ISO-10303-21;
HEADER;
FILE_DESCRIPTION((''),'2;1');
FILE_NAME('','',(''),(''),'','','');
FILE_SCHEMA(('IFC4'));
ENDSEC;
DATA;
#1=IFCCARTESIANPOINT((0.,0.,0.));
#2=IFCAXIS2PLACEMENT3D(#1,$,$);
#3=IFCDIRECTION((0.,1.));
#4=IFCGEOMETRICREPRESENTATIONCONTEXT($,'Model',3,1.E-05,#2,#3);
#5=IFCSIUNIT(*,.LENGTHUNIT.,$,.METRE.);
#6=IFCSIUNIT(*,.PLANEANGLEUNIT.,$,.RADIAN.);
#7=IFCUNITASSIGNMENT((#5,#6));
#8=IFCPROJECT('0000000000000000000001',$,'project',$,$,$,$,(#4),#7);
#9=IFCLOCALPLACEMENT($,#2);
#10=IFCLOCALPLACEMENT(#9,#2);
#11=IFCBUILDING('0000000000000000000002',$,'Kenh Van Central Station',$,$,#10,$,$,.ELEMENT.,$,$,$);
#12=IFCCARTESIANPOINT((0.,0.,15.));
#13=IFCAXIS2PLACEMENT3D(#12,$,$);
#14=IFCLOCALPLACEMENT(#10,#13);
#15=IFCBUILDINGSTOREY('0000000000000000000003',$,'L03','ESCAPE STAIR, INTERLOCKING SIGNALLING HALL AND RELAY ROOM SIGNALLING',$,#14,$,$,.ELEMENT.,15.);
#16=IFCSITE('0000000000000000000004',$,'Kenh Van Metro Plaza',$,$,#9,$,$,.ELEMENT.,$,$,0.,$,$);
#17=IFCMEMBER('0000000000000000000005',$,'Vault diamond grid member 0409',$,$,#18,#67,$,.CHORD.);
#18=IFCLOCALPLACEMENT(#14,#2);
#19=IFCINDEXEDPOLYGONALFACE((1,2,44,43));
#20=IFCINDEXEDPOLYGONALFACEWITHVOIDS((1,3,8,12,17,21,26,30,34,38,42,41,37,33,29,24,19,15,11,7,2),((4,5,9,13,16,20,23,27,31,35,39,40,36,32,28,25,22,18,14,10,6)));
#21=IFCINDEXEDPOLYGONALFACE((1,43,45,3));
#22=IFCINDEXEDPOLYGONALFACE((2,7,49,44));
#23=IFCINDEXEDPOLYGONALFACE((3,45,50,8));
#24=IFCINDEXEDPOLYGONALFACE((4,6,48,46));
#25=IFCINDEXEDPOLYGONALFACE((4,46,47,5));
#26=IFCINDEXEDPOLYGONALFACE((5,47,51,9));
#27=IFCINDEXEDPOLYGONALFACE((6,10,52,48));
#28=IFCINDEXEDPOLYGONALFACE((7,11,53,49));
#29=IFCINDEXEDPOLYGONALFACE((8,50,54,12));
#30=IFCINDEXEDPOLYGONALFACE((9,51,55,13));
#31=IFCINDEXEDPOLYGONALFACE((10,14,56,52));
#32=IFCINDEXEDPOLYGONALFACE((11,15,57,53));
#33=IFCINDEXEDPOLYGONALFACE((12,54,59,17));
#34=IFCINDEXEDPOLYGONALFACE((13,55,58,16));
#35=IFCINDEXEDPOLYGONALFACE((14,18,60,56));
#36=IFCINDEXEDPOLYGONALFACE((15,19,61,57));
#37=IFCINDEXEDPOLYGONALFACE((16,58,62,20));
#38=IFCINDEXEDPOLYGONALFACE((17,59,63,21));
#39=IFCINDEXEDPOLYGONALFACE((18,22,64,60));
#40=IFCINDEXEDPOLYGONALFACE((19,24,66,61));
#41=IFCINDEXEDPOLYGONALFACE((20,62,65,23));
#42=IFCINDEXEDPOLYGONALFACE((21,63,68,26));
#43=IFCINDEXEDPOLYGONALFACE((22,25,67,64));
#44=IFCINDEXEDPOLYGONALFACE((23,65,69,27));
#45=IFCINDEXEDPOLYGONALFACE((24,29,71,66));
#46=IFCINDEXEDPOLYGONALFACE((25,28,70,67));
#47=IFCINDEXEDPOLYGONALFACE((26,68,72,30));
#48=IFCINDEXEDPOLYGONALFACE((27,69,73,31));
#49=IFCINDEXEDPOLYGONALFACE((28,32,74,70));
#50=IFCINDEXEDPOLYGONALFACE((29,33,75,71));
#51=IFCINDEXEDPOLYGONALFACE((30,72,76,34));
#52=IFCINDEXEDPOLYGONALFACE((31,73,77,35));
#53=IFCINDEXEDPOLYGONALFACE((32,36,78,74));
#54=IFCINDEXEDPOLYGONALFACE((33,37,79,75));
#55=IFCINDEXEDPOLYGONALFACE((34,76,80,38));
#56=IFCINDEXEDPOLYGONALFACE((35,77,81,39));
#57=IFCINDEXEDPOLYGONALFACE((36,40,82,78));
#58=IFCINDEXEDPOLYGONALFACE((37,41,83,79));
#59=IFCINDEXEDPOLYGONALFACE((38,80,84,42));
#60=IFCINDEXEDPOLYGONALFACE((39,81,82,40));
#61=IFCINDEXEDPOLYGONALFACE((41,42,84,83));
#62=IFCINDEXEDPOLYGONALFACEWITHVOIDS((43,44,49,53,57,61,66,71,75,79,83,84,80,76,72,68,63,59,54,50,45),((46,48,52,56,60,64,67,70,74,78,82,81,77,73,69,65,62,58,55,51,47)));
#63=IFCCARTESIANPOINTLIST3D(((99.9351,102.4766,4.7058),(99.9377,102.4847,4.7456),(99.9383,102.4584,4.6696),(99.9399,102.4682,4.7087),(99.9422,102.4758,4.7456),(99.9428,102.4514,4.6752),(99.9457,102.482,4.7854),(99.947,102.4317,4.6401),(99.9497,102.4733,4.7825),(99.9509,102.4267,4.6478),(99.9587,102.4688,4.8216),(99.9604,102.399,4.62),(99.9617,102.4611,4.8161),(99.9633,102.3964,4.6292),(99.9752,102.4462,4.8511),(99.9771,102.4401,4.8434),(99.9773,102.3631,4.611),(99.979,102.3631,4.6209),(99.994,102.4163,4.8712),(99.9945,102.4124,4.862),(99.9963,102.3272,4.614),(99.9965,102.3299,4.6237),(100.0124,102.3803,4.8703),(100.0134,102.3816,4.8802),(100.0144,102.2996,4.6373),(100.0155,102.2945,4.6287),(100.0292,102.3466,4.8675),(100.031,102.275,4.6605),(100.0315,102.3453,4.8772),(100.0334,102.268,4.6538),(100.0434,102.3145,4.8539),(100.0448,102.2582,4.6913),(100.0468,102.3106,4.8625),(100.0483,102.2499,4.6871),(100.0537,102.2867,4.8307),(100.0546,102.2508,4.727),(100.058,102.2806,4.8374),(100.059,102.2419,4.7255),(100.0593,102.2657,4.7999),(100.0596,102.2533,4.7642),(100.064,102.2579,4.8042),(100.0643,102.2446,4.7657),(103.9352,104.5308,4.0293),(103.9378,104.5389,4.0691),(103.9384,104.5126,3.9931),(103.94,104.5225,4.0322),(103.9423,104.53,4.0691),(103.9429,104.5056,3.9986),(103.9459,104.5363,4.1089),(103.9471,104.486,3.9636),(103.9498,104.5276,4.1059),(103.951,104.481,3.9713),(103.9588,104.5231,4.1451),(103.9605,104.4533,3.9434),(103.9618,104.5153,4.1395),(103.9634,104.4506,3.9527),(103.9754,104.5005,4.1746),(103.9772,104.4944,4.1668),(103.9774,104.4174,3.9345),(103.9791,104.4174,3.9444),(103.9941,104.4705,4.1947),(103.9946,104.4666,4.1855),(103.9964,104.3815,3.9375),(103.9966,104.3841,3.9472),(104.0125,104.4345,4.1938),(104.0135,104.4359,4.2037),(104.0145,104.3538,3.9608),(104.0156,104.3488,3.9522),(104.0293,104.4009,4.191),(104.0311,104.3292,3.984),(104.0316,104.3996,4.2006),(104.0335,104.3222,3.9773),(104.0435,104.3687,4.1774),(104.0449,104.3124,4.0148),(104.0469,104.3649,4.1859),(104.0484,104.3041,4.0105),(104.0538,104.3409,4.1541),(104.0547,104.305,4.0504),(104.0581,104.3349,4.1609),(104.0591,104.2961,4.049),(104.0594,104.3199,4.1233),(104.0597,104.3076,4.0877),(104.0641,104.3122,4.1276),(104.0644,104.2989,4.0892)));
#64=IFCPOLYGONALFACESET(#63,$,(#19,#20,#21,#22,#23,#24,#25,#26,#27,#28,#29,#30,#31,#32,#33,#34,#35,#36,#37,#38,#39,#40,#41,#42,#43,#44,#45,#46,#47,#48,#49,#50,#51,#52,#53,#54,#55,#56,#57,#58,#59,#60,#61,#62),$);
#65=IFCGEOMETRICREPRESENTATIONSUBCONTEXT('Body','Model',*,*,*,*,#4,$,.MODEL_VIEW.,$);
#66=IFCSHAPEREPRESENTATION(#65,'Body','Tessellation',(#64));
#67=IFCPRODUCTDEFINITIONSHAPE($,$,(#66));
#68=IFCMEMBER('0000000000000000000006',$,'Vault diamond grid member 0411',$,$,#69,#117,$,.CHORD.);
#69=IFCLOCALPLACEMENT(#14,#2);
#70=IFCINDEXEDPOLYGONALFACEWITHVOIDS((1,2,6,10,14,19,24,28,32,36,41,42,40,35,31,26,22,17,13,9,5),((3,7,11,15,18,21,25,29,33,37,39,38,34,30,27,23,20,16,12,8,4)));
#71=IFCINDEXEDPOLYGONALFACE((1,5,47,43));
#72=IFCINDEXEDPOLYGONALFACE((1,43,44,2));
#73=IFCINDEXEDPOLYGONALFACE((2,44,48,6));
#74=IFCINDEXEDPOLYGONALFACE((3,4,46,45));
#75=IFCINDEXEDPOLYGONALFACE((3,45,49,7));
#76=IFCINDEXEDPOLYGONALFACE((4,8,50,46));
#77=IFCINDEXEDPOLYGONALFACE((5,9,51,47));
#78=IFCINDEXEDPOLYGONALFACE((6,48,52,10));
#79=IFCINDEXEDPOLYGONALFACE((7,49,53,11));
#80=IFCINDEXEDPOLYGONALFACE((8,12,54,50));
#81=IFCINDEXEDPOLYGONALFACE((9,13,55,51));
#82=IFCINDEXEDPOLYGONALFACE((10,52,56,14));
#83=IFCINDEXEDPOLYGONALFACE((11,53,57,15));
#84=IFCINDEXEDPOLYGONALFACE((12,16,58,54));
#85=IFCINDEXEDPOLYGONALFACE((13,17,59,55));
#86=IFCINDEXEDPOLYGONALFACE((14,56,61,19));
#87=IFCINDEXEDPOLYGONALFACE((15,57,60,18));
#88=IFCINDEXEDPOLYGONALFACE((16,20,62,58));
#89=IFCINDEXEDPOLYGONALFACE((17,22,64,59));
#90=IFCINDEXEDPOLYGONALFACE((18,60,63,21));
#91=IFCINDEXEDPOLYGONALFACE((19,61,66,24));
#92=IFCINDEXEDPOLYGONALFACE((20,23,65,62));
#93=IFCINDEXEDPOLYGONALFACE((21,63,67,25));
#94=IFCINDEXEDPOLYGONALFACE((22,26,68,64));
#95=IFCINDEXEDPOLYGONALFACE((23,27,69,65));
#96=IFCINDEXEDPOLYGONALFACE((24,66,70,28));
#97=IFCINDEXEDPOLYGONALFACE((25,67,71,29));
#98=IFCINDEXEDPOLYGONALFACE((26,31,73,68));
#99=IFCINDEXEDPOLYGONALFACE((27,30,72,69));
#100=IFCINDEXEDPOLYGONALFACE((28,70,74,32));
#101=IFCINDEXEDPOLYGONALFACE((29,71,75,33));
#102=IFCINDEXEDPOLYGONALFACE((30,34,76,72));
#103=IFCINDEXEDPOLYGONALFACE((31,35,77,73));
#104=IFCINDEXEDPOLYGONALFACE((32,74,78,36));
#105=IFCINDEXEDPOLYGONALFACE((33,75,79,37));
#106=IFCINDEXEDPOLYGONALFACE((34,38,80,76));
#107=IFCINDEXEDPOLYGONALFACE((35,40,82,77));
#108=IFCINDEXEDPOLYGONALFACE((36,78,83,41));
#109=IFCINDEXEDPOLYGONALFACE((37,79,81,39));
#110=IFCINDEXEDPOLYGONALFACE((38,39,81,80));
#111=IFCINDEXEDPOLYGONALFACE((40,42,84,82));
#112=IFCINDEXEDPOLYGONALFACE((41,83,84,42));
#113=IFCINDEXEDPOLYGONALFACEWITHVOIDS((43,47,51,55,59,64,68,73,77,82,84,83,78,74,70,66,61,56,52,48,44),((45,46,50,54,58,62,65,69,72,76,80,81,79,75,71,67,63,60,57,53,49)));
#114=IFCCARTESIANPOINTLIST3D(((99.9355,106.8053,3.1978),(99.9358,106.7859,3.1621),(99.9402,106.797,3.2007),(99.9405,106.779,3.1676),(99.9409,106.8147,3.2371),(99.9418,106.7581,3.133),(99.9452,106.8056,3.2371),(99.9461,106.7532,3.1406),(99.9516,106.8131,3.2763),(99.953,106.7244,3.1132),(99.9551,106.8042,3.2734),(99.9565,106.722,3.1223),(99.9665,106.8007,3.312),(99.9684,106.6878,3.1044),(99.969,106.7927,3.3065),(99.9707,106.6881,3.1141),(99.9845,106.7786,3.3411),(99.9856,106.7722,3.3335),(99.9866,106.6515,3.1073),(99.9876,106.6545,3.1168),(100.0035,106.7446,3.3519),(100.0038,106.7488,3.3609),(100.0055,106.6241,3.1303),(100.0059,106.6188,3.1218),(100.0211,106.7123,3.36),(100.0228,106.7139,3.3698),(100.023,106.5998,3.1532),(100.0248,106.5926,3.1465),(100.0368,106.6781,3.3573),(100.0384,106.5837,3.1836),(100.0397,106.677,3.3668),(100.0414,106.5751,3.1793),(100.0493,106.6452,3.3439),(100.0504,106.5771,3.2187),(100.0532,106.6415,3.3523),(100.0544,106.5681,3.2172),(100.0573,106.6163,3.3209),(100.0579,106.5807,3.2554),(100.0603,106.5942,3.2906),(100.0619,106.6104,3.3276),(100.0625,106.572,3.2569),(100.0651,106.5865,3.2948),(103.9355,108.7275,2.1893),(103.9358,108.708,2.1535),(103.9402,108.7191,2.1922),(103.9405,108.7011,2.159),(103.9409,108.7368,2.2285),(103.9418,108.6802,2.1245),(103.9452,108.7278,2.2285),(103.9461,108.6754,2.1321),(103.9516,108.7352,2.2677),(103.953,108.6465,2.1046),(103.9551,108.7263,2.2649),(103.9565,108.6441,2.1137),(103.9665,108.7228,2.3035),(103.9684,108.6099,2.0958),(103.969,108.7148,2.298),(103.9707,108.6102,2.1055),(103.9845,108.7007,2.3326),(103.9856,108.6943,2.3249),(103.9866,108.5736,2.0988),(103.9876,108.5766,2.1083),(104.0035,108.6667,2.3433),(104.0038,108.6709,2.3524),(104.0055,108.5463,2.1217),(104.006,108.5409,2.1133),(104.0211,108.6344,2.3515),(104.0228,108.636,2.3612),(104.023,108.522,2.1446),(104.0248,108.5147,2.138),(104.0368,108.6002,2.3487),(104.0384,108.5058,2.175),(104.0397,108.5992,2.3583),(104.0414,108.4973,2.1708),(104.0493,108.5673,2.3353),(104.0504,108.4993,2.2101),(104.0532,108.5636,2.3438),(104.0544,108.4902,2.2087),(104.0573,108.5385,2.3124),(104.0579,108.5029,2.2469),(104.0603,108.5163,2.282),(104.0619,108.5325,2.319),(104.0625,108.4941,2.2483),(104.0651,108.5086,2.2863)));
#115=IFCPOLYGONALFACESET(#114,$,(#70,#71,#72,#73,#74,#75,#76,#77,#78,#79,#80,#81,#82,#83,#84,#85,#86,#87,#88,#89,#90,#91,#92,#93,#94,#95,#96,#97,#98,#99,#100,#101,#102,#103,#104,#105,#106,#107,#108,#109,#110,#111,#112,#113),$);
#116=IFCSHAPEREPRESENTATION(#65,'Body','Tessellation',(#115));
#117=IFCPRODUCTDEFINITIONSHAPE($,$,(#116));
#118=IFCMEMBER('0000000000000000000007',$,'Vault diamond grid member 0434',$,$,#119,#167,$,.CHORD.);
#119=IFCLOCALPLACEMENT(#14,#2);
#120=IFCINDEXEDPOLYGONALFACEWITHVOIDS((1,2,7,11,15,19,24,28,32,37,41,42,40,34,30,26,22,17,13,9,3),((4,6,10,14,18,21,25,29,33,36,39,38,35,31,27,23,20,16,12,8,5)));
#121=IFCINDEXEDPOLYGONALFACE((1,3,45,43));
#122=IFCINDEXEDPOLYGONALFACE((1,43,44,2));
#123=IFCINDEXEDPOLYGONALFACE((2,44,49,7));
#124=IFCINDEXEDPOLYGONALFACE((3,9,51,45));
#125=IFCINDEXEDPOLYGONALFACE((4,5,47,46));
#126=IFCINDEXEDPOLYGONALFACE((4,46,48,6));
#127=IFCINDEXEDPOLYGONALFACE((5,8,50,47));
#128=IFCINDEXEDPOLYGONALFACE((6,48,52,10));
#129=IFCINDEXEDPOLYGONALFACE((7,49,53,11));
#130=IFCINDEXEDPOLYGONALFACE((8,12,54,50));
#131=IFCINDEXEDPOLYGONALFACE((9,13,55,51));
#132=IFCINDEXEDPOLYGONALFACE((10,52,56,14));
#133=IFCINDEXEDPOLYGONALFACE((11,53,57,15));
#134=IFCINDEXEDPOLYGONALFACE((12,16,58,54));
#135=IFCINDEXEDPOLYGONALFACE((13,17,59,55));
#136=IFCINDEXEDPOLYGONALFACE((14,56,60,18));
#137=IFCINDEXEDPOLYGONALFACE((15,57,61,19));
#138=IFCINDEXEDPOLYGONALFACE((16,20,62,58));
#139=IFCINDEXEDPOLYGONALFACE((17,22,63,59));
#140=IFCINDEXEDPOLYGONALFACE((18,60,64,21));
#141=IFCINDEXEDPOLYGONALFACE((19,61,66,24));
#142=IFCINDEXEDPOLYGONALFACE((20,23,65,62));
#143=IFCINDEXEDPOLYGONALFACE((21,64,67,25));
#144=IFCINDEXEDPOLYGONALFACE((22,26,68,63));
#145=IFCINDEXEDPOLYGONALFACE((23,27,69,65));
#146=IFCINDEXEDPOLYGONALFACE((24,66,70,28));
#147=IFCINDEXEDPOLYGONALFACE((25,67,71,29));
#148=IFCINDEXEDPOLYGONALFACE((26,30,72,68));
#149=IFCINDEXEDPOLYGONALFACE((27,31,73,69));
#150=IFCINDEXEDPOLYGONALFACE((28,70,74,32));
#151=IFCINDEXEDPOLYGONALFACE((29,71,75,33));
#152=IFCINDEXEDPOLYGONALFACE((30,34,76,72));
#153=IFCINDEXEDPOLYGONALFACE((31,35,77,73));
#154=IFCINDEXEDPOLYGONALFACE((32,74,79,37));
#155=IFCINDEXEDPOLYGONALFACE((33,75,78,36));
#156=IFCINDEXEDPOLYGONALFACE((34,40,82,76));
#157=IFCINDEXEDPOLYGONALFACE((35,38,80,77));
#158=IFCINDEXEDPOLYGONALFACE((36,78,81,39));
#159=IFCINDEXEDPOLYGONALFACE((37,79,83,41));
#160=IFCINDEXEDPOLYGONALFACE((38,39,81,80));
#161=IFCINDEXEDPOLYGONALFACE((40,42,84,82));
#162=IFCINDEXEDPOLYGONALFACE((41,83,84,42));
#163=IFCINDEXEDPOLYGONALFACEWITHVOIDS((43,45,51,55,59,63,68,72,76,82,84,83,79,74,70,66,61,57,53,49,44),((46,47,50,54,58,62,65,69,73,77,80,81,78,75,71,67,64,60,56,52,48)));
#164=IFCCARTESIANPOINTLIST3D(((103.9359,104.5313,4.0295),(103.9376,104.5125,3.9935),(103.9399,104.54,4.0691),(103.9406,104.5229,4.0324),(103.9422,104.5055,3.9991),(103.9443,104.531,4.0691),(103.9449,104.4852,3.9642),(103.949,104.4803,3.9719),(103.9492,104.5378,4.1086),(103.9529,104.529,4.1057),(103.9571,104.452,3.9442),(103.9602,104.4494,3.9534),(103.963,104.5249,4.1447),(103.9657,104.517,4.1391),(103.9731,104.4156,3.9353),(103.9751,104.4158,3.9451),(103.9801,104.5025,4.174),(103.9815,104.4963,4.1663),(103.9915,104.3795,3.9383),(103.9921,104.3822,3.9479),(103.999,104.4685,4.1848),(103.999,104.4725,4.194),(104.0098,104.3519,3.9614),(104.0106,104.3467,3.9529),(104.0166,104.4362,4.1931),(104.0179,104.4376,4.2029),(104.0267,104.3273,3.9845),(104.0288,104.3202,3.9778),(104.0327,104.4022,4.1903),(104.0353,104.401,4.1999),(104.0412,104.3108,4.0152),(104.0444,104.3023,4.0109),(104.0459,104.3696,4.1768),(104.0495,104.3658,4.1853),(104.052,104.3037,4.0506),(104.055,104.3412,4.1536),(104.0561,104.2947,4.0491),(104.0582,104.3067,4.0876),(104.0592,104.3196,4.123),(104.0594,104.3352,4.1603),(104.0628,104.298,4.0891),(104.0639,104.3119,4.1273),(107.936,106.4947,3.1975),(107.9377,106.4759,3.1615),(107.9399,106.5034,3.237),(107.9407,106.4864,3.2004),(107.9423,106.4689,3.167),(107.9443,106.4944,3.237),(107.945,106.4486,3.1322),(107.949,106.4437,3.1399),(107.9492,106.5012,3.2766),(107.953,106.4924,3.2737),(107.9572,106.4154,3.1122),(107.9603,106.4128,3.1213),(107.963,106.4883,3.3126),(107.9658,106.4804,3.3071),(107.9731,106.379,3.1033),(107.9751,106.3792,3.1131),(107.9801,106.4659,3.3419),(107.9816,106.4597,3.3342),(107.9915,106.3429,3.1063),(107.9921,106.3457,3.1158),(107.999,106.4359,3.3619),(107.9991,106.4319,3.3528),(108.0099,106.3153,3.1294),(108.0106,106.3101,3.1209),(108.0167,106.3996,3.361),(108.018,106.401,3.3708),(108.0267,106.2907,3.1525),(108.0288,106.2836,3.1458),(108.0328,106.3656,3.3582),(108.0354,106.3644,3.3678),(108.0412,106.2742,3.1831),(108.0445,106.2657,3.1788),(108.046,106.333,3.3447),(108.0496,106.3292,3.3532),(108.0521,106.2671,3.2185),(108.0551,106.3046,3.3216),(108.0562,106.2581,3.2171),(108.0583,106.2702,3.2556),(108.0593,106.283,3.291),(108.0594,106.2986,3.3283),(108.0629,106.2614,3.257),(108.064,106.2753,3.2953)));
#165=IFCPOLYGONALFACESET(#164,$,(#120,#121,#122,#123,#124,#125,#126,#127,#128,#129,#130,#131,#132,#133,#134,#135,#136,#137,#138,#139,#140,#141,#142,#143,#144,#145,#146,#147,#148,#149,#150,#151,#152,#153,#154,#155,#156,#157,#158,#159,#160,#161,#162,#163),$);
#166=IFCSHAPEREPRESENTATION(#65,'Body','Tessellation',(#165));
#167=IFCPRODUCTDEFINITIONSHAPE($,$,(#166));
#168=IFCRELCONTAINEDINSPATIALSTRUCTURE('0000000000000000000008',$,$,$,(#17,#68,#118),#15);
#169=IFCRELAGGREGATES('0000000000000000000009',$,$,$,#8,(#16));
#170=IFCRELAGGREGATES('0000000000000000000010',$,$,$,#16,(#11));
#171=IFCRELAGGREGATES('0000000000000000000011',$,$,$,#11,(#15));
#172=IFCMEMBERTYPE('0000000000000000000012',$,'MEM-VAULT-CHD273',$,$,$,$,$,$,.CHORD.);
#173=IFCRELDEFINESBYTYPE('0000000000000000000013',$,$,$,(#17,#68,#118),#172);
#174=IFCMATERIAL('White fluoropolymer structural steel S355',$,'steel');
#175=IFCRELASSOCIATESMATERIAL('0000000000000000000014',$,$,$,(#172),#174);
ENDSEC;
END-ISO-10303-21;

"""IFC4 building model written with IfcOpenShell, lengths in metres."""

from ifc_helpers import new_model, si_unit, direction, frame, origin, origin_2d, place, context, subcontext, project, spatial, hollow_circle, extrude, material, material_profile, profile_set, type_object, element, save


model = new_model("IFC4")

# Units and contexts
model_context = context("Model", 3, precision=1e-05, world=origin(), true_north=direction((0.0, 1.0)))
body_context = subcontext(model_context, "Body", "Model", "MODEL_VIEW")
ifc_project = project(units=[si_unit("LENGTHUNIT", "METRE"), si_unit("PLANEANGLEUNIT", "RADIAN")], contexts=[model_context])

# Site, building, storey
site_placement = place(None, origin())
site = spatial("IfcSite", under=ifc_project, at=site_placement, Name="Kenh Van Metro Plaza", CompositionType="ELEMENT", RefElevation=0.0)
building_placement = place(site_placement, origin())
building = spatial("IfcBuilding", under=site, at=building_placement, Name="Kenh Van Central Station", CompositionType="ELEMENT")
storey_placement = place(building_placement, frame((0.0, 0.0, 15.0)))
storey = spatial("IfcBuildingStorey", under=building, at=storey_placement, Name="L03", Description="ESCAPE STAIR, INTERLOCKING SIGNALLING HALL AND RELAY ROOM SIGNALLING", CompositionType="ELEMENT", Elevation=15.0)

# Shared definitions
ifc_material_1 = material(Name="White fluoropolymer structural steel S355", Category="steel")

# Members
ifc_material_profile_1 = material_profile(ifc_material_1, hollow_circle(Radius=0.1365, WallThickness=0.01, at=origin_2d()), Name="CHS 273x10")
ifc_profile_set_1 = profile_set([ifc_material_profile_1], Name="White fluoropolymer structural steel S355")
member_type_1 = type_object("IfcMemberType", Name="MEM-VAULT-CHD273", PredefinedType="CHORD", material=ifc_profile_set_1)
member_1_placement = place(storey_placement, frame((100.0, 102.3633, 4.7456), z_axis=(0.879654, 0.451746, -0.148775), x_axis=(-0.45683, 0.889554, 0.0)))
element("IfcMember", 1, at=member_1_placement, inside=storey, type_object=member_type_1, Name="Vault diamond grid member 0409", PredefinedType="CHORD", context=body_context, shape_type="SweptSolid", body=[
    extrude(hollow_circle(Radius=0.1365, WallThickness=0.01, at=origin_2d()), origin(), (0.0, 0.0, 1.0), 4.5474),
])
member_2_placement = place(storey_placement, frame((100.0, 106.6917, 3.2371), z_axis=(0.878926, 0.42235, -0.221609), x_axis=(-0.433119, 0.901337, 0.0)))
element("IfcMember", 2, at=member_2_placement, inside=storey, type_object=member_type_1, Name="Vault diamond grid member 0411", PredefinedType="CHORD", context=body_context, shape_type="SweptSolid", body=[
    extrude(hollow_circle(Radius=0.1365, WallThickness=0.01, at=origin_2d()), origin(), (0.0, 0.0, 1.0), 4.551),
])
member_3_placement = place(storey_placement, frame((104.0, 104.4175, 4.0691), z_axis=(0.882438, 0.43314, -0.183554), x_axis=(-0.440627, 0.89769, 0.0)))
element("IfcMember", 3, at=member_3_placement, inside=storey, type_object=member_type_1, Name="Vault diamond grid member 0434", PredefinedType="CHORD", context=body_context, shape_type="SweptSolid", body=[
    extrude(hollow_circle(Radius=0.1365, WallThickness=0.01, at=origin_2d()), origin(), (0.0, 0.0, 1.0), 4.533),
])

save(model, "model.ifc")
